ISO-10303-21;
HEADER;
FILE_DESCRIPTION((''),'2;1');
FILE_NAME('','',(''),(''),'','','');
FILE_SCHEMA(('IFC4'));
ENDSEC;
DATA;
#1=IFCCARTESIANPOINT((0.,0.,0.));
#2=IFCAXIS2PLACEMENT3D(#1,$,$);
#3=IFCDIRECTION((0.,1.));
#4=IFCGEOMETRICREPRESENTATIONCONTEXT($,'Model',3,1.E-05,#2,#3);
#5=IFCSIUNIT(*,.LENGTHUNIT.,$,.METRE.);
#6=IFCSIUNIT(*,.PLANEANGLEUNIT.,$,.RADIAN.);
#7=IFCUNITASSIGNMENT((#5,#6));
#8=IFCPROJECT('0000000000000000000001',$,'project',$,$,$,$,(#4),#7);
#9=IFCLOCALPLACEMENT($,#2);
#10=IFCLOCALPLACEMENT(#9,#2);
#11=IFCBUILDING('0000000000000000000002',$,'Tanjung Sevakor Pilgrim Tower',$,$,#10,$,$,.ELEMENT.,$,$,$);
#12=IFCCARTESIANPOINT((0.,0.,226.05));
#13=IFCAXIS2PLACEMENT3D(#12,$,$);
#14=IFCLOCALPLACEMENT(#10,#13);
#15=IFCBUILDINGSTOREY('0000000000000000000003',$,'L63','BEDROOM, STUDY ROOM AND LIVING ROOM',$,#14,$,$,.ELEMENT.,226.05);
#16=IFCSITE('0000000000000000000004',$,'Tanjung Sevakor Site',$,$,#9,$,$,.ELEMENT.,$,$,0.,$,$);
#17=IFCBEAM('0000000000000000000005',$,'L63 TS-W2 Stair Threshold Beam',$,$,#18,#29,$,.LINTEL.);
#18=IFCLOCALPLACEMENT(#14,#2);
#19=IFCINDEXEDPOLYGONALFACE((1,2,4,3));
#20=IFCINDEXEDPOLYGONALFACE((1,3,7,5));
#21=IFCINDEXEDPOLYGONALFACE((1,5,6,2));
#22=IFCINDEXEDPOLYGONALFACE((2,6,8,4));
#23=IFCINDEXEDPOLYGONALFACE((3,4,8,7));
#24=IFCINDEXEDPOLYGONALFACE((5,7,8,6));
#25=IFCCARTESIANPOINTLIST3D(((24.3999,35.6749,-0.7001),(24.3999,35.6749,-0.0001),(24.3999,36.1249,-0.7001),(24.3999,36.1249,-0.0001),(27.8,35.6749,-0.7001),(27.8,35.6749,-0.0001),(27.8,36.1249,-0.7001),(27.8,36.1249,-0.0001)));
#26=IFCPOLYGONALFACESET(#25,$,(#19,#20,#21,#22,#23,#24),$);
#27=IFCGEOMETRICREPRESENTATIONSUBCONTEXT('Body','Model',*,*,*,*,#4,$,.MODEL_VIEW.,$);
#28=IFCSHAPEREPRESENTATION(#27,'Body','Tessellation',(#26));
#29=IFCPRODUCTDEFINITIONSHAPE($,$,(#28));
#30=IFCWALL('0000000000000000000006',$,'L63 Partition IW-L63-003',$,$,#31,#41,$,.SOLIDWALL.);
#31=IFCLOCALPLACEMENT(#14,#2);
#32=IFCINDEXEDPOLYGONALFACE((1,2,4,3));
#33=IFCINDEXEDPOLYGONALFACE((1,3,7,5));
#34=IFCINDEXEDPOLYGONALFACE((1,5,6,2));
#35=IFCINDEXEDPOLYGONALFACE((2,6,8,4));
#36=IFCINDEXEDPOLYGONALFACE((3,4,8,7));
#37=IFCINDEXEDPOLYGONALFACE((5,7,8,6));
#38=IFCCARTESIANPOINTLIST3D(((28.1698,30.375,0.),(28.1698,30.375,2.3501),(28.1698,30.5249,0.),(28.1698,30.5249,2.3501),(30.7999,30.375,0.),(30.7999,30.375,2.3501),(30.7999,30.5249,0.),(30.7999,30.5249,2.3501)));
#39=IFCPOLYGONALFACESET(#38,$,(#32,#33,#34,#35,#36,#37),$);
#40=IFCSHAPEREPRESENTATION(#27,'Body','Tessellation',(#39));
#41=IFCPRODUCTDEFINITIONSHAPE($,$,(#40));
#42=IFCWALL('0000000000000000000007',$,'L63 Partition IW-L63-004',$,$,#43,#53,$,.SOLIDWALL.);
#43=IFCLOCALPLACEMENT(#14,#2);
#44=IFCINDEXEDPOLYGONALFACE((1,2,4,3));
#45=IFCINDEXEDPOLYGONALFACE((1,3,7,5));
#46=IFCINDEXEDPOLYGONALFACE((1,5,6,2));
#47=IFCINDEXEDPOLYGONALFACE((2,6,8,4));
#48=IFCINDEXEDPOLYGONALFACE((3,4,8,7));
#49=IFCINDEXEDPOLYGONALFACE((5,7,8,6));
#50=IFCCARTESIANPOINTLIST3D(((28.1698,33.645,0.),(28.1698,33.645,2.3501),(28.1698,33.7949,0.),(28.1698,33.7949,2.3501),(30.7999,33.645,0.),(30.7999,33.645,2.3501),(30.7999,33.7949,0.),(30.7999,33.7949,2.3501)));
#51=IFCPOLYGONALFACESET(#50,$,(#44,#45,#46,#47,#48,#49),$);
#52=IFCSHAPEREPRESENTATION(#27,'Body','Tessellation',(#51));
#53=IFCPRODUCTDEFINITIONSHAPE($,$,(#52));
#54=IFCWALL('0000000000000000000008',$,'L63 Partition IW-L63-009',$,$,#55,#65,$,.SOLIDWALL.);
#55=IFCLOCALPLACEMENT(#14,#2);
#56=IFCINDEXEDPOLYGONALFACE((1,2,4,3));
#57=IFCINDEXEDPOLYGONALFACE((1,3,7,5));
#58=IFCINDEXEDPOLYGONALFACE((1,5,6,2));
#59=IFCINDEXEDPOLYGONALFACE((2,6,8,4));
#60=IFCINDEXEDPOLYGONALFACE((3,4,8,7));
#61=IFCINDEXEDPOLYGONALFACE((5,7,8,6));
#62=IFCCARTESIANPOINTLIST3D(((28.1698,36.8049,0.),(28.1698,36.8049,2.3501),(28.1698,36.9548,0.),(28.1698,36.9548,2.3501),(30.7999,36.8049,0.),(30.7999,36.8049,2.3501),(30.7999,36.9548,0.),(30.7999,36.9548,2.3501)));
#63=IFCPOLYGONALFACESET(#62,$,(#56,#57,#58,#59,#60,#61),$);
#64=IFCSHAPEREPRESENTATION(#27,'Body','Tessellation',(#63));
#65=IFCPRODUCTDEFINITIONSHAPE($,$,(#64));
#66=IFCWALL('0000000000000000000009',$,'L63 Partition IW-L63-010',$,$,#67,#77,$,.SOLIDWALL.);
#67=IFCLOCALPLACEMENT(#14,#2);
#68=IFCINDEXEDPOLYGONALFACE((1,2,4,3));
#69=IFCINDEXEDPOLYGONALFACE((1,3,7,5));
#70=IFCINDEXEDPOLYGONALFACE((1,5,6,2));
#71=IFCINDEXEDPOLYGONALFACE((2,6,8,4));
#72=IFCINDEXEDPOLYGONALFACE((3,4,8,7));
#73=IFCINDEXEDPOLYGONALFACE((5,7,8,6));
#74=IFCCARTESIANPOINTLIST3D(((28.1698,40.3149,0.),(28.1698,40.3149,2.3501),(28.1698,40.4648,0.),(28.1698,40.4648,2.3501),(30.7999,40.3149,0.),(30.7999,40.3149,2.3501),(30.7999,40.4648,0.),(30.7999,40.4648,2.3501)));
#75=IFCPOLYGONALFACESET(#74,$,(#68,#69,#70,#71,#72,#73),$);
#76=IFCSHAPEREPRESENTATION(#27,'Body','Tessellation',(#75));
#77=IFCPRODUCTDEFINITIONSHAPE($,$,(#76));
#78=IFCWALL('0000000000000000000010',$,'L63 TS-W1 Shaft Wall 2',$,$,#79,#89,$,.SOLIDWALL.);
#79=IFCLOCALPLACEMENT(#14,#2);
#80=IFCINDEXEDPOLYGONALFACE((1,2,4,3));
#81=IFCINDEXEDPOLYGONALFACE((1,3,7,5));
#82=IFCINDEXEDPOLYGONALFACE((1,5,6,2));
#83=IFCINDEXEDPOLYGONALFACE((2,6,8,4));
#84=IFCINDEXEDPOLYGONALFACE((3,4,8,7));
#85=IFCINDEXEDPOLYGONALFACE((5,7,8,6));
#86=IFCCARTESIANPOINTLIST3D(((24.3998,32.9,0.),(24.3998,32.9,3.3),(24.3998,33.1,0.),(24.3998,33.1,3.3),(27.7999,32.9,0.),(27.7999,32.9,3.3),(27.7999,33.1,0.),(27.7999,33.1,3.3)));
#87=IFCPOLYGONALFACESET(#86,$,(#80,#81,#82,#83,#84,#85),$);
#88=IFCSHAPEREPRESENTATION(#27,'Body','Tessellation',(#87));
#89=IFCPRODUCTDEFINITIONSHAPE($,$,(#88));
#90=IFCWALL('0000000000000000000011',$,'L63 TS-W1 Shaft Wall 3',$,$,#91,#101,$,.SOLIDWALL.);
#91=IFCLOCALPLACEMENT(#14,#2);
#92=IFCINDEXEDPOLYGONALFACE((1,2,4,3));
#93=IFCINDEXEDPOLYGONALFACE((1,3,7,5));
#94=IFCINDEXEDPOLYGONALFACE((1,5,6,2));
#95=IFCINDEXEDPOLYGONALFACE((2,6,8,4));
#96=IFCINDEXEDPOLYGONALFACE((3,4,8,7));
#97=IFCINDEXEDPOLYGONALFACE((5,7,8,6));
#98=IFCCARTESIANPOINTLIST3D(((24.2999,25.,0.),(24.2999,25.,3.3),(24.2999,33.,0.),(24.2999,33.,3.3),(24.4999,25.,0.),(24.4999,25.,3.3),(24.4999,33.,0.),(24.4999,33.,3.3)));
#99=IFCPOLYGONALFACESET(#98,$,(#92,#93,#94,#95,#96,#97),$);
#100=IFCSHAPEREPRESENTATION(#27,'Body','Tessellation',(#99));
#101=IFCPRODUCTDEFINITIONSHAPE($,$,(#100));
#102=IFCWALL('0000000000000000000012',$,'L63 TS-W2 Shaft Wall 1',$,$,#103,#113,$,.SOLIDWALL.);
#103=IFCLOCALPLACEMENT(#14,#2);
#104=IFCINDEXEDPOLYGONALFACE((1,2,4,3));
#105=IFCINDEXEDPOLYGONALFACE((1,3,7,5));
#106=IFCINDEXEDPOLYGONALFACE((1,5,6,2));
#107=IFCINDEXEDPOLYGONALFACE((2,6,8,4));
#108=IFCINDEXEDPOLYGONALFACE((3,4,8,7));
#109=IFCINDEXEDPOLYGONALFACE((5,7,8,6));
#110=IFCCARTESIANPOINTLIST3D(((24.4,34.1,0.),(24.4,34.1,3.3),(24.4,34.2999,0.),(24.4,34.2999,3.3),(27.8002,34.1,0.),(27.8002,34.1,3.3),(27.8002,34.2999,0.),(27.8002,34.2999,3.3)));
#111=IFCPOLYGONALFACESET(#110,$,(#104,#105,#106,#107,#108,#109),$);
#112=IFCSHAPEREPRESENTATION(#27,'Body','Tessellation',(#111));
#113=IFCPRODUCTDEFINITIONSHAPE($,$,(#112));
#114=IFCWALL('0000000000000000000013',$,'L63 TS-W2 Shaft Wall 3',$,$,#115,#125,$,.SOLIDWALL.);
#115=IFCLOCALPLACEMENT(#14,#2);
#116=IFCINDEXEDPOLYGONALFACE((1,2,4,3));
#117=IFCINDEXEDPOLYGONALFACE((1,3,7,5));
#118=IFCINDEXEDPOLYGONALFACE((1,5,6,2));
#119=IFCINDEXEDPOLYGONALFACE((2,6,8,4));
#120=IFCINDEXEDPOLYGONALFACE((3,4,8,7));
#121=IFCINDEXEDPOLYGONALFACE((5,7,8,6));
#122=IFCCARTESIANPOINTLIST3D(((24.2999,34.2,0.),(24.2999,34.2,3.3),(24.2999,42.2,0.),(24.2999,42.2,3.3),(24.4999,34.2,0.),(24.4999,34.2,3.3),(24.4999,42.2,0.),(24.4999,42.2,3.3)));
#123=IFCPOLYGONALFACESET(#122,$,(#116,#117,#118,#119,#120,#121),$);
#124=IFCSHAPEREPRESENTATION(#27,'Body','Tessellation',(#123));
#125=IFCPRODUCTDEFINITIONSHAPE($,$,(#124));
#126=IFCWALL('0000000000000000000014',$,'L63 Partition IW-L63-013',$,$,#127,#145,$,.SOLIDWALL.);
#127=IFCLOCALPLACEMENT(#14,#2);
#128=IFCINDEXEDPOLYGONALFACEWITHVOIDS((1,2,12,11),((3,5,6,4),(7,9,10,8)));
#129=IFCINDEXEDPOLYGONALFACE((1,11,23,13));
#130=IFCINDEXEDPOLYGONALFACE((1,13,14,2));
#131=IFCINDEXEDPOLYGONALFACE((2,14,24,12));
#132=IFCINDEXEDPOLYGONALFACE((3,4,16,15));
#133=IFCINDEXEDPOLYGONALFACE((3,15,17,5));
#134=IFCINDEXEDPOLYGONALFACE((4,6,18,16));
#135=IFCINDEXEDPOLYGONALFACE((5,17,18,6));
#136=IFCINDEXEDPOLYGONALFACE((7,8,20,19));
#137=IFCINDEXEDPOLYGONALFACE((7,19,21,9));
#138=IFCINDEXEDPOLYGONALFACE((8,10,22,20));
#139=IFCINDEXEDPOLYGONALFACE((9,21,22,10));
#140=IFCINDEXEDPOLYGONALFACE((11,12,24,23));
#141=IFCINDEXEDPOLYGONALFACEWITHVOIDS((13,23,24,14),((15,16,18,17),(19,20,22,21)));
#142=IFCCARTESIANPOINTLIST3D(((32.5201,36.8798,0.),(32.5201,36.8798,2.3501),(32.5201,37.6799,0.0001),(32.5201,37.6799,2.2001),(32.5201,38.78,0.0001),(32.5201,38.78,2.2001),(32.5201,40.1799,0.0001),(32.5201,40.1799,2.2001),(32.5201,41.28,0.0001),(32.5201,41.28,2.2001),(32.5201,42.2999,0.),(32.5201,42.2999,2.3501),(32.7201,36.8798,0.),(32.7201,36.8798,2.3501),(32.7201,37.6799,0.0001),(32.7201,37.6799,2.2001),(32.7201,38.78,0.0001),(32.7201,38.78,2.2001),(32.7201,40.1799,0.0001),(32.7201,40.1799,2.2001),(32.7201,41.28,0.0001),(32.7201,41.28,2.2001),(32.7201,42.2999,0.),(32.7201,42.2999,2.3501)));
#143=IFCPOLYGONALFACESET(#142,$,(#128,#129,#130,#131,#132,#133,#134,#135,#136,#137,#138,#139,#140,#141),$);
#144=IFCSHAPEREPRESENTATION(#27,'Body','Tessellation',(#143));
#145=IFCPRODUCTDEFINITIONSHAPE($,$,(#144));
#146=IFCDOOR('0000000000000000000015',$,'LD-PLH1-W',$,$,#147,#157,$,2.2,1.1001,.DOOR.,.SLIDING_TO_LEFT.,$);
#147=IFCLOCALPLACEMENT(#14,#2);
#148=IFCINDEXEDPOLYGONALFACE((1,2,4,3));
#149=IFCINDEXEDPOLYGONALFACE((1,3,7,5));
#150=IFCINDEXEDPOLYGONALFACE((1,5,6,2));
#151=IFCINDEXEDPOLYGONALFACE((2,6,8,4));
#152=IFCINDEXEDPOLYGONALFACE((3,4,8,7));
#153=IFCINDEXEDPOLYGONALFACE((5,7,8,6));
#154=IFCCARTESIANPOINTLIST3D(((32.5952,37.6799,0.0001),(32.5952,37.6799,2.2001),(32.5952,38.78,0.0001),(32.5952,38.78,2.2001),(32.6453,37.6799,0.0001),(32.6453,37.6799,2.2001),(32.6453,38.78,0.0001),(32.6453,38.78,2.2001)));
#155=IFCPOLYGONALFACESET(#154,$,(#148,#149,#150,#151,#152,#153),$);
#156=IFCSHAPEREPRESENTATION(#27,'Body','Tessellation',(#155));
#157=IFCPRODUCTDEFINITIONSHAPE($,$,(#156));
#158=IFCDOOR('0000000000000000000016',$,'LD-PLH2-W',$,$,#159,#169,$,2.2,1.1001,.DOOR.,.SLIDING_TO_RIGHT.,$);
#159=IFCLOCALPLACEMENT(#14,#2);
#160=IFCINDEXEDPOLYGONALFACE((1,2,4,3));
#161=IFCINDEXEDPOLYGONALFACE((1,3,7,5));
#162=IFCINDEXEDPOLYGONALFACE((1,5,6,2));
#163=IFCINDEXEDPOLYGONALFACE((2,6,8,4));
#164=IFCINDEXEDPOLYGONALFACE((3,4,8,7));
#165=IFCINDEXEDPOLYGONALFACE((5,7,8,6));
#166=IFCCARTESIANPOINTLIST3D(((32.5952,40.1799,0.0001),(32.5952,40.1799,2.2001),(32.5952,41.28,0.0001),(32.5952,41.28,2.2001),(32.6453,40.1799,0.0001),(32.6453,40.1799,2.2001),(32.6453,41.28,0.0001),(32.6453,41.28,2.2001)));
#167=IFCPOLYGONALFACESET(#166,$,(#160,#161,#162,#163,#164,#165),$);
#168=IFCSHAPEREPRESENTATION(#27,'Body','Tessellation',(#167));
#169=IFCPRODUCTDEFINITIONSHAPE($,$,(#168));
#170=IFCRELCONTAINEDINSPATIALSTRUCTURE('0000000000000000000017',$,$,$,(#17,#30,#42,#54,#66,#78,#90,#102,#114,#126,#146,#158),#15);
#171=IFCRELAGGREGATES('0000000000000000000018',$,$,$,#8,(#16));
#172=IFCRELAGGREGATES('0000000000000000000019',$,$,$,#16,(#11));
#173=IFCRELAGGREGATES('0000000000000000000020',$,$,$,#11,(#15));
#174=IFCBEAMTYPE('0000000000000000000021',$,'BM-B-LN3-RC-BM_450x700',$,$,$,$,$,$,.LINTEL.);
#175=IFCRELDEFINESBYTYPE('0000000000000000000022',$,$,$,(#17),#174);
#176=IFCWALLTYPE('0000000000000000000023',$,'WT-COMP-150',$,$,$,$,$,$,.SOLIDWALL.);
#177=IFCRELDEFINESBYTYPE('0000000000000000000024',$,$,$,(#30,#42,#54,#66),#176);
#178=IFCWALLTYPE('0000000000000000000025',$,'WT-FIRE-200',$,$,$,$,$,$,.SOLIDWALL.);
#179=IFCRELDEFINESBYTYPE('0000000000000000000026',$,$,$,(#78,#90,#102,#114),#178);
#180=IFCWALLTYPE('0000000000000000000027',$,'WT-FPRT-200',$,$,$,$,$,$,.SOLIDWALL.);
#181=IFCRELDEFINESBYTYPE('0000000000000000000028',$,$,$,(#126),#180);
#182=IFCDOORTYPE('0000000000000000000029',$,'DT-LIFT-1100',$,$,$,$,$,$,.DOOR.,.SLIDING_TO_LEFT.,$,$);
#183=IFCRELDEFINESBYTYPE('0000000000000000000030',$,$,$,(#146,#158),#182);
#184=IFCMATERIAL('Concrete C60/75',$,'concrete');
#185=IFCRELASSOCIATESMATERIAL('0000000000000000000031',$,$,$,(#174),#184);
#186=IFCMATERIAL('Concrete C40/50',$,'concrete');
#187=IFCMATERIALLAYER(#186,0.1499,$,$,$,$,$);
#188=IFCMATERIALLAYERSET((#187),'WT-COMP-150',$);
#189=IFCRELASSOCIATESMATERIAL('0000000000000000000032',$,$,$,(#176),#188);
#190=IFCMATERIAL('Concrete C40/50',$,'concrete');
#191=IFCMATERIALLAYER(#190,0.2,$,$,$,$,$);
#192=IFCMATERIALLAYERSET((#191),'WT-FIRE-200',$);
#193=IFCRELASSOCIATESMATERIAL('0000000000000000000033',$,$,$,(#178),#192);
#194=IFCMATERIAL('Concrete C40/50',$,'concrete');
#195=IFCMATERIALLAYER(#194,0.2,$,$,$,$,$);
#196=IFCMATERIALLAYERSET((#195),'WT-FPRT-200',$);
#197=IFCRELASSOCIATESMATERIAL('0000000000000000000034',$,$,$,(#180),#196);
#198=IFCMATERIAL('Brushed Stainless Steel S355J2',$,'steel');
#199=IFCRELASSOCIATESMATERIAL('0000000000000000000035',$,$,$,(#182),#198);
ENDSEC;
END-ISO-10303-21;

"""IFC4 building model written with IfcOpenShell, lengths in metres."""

from ifc_helpers import new_model, si_unit, direction, frame, frame_2d, origin, origin_2d, place, context, subcontext, project, spatial, rectangle, extrude, material, layer, layer_set, material_profile, profile_set, type_object, element, fill, save


model = new_model("IFC4")

# Units and contexts
model_context = context("Model", 3, precision=1e-05, world=origin(), true_north=direction((0.0, 1.0)))
body_context = subcontext(model_context, "Body", "Model", "MODEL_VIEW")
ifc_project = project(units=[si_unit("LENGTHUNIT", "METRE"), si_unit("PLANEANGLEUNIT", "RADIAN")], contexts=[model_context])

# Site, building, storey
site_placement = place(None, origin())
site = spatial("IfcSite", under=ifc_project, at=site_placement, Name="Tanjung Sevakor Site", CompositionType="ELEMENT", RefElevation=0.0)
building_placement = place(site_placement, origin())
building = spatial("IfcBuilding", under=site, at=building_placement, Name="Tanjung Sevakor Pilgrim Tower", CompositionType="ELEMENT")
storey_placement = place(building_placement, frame((0.0, 0.0, 226.05)))
storey = spatial("IfcBuildingStorey", under=building, at=storey_placement, Name="L63", Description="BEDROOM, STUDY ROOM AND LIVING ROOM", CompositionType="ELEMENT", Elevation=226.05)

# Beam
ifc_material_1 = material(Name="Concrete C60/75", Category="concrete")
ifc_material_profile = material_profile(ifc_material_1, rectangle(XDim=0.45, YDim=0.7, at=origin_2d()))
ifc_profile_set = profile_set([ifc_material_profile], Name="Concrete C60/75")
beam_type = type_object("IfcBeamType", Name="BM-B-LN3-RC-BM_450x700", PredefinedType="LINTEL", material=ifc_profile_set)
beam_placement = place(storey_placement, frame((24.3999, 35.8999, -0.3501), z_axis=(1.0, 0.0, 0.0), x_axis=(0.0, 1.0, 0.0)))
element("IfcBeam", 1, at=beam_placement, inside=storey, type_object=beam_type, Name="L63 TS-W2 Stair Threshold Beam", PredefinedType="LINTEL", context=body_context, shape_type="SweptSolid", body=[
    extrude(rectangle(XDim=0.45, YDim=0.7, at=origin_2d()), origin(), (0.0, 0.0, 1.0), 3.4001),
])

# Walls
ifc_material_2 = material(Name="Concrete C40/50", Category="concrete")
ifc_layer_1 = layer(ifc_material_2, 0.1499)
ifc_layer_set_1 = layer_set([ifc_layer_1], Name="WT-COMP-150")
wall_type_1 = type_object("IfcWallType", Name="WT-COMP-150", PredefinedType="SOLIDWALL", material=ifc_layer_set_1)
for number, where, z_axis, x_axis, name in (
    (2, (28.1699, 30.45, 0.0), (0.0, 0.0, 1.0), (1.0, 0.0, 0.0), "L63 Partition IW-L63-003"),
    (3, (28.1699, 33.72, 0.0), (0.0, 0.0, 1.0), (1.0, 0.0, 0.0), "L63 Partition IW-L63-004"),
    (4, (28.1699, 36.8799, 0.0), (0.0, 0.0, 1.0), (1.0, 0.0, 0.0), "L63 Partition IW-L63-009"),
    (5, (28.1699, 40.3899, 0.0), (0.0, 0.0, 1.0), (1.0, 0.0, 0.0), "L63 Partition IW-L63-010"),
):
    element("IfcWall", number, at=place(storey_placement, frame(where, z_axis=z_axis, x_axis=x_axis)), inside=storey, type_object=wall_type_1, Name=name, PredefinedType="SOLIDWALL", context=body_context, shape_type="SweptSolid", body=[
        extrude(rectangle(XDim=2.6301, YDim=0.1499, at=frame_2d((1.3149, 0.0))), origin(), (0.0, 0.0, 1.0), 2.3501),
    ])

# Walls
ifc_material_3 = material(Name="Concrete C40/50", Category="concrete")
ifc_layer_2 = layer(ifc_material_3, 0.2)
ifc_layer_set_2 = layer_set([ifc_layer_2], Name="WT-FIRE-200")
wall_type_2 = type_object("IfcWallType", Name="WT-FIRE-200", PredefinedType="SOLIDWALL", material=ifc_layer_set_2)
wall_1_placement = place(storey_placement, frame((27.8, 33.0, 0.0), z_axis=(0.0, 0.0, 1.0), x_axis=(-1.0, 0.0, 0.0)))
element("IfcWall", 6, at=wall_1_placement, inside=storey, type_object=wall_type_2, Name="L63 TS-W1 Shaft Wall 2", PredefinedType="SOLIDWALL", context=body_context, shape_type="SweptSolid", body=[
    extrude(rectangle(XDim=3.4001, YDim=0.2, at=frame_2d((1.7002, 0.0))), origin(), (0.0, 0.0, 1.0), 3.3),
])
wall_2_placement = place(storey_placement, frame((24.3999, 33.0, 0.0), z_axis=(0.0, 0.0, 1.0), x_axis=(0.0, -1.0, 0.0)))
element("IfcWall", 7, at=wall_2_placement, inside=storey, type_object=wall_type_2, Name="L63 TS-W1 Shaft Wall 3", PredefinedType="SOLIDWALL", context=body_context, shape_type="SweptSolid", body=[
    extrude(rectangle(XDim=8.0, YDim=0.2, at=frame_2d((4.0, 0.0))), origin(), (0.0, 0.0, 1.0), 3.3),
])
wall_3_placement = place(storey_placement, frame((24.3999, 34.2, 0.0), z_axis=(0.0, 0.0, 1.0), x_axis=(1.0, 0.0, 0.0)))
element("IfcWall", 8, at=wall_3_placement, inside=storey, type_object=wall_type_2, Name="L63 TS-W2 Shaft Wall 1", PredefinedType="SOLIDWALL", context=body_context, shape_type="SweptSolid", body=[
    extrude(rectangle(XDim=3.4001, YDim=0.2, at=frame_2d((1.7002, 0.0))), origin(), (0.0, 0.0, 1.0), 3.3),
])
wall_4_placement = place(storey_placement, frame((24.3999, 42.2, 0.0), z_axis=(0.0, 0.0, 1.0), x_axis=(0.0, -1.0, 0.0)))
element("IfcWall", 9, at=wall_4_placement, inside=storey, type_object=wall_type_2, Name="L63 TS-W2 Shaft Wall 3", PredefinedType="SOLIDWALL", context=body_context, shape_type="SweptSolid", body=[
    extrude(rectangle(XDim=8.0, YDim=0.2, at=frame_2d((4.0, 0.0))), origin(), (0.0, 0.0, 1.0), 3.3),
])

# Wall, openings, doors
ifc_material_4 = material(Name="Concrete C40/50", Category="concrete")
ifc_layer_3 = layer(ifc_material_4, 0.2)
ifc_layer_set_3 = layer_set([ifc_layer_3], Name="WT-FPRT-200")
wall_type_3 = type_object("IfcWallType", Name="WT-FPRT-200", PredefinedType="SOLIDWALL", material=ifc_layer_set_3)
wall_5_placement = place(storey_placement, frame((32.6201, 36.8799, 0.0), z_axis=(0.0, 0.0, 1.0), x_axis=(0.0, 1.0, 0.0)))
wall_5 = element("IfcWall", 10, at=wall_5_placement, inside=storey, type_object=wall_type_3, Name="L63 Partition IW-L63-013", PredefinedType="SOLIDWALL", context=body_context, shape_type="SweptSolid", body=[
    extrude(rectangle(XDim=5.4202, YDim=0.2, at=frame_2d((2.71, 0.0))), origin(), (0.0, 0.0, 1.0), 2.3501),
])
opening_1_placement = place(wall_5_placement, frame((0.8, 0.0, 0.0)))
opening_1 = element("IfcOpeningElement", 11, at=opening_1_placement, cuts=wall_5, PredefinedType="OPENING", context=body_context, shape_type="SweptSolid", body=[
    extrude(rectangle(XDim=1.1001, YDim=2.2, at=frame_2d((0.55, 1.1001))), frame((0.0, 0.1099, 0.0), z_axis=(0.0, -1.0, 0.0), x_axis=(1.0, 0.0, 0.0)), (0.0, 0.0, 1.0), 0.22),
])
opening_2_placement = place(wall_5_placement, frame((3.3, 0.0, 0.0)))
opening_2 = element("IfcOpeningElement", 12, at=opening_2_placement, cuts=wall_5, PredefinedType="OPENING", context=body_context, shape_type="SweptSolid", body=[
    extrude(rectangle(XDim=1.1001, YDim=2.2, at=frame_2d((0.55, 1.1001))), frame((0.0, 0.1099, 0.0), z_axis=(0.0, -1.0, 0.0), x_axis=(1.0, 0.0, 0.0)), (0.0, 0.0, 1.0), 0.22),
])
ifc_material_5 = material(Name="Brushed Stainless Steel S355J2", Category="steel")
door_type_1 = type_object("IfcDoorType", Name="DT-LIFT-1100", OperationType="SLIDING_TO_LEFT", PredefinedType="DOOR", material=ifc_material_5)
door_1_placement = place(opening_1_placement, origin())
door_1 = element("IfcDoor", 13, at=door_1_placement, inside=storey, type_object=door_type_1, Name="LD-PLH1-W", OperationType="SLIDING_TO_LEFT", OverallHeight=2.2, OverallWidth=1.1001, PredefinedType="DOOR", context=body_context, shape_type="SweptSolid", body=[
    extrude(rectangle(XDim=1.1001, YDim=2.2, at=frame_2d((0.55, 1.1001))), frame((0.0, 0.0249, 0.0), z_axis=(0.0, -1.0, 0.0), x_axis=(1.0, 0.0, 0.0)), (0.0, 0.0, 1.0), 0.05),
])
fill(opening_1, door_1)
door_2_placement = place(opening_2_placement, origin())
door_2 = element("IfcDoor", 14, at=door_2_placement, inside=storey, type_object=door_type_1, Name="LD-PLH2-W", OperationType="SLIDING_TO_RIGHT", OverallHeight=2.2, OverallWidth=1.1001, PredefinedType="DOOR", context=body_context, shape_type="SweptSolid", body=[
    extrude(rectangle(XDim=1.1001, YDim=2.2, at=frame_2d((0.55, 1.1001))), frame((0.0, 0.0249, 0.0), z_axis=(0.0, -1.0, 0.0), x_axis=(1.0, 0.0, 0.0)), (0.0, 0.0, 1.0), 0.05),
])
fill(opening_2, door_2)

save(model, "model.ifc")
